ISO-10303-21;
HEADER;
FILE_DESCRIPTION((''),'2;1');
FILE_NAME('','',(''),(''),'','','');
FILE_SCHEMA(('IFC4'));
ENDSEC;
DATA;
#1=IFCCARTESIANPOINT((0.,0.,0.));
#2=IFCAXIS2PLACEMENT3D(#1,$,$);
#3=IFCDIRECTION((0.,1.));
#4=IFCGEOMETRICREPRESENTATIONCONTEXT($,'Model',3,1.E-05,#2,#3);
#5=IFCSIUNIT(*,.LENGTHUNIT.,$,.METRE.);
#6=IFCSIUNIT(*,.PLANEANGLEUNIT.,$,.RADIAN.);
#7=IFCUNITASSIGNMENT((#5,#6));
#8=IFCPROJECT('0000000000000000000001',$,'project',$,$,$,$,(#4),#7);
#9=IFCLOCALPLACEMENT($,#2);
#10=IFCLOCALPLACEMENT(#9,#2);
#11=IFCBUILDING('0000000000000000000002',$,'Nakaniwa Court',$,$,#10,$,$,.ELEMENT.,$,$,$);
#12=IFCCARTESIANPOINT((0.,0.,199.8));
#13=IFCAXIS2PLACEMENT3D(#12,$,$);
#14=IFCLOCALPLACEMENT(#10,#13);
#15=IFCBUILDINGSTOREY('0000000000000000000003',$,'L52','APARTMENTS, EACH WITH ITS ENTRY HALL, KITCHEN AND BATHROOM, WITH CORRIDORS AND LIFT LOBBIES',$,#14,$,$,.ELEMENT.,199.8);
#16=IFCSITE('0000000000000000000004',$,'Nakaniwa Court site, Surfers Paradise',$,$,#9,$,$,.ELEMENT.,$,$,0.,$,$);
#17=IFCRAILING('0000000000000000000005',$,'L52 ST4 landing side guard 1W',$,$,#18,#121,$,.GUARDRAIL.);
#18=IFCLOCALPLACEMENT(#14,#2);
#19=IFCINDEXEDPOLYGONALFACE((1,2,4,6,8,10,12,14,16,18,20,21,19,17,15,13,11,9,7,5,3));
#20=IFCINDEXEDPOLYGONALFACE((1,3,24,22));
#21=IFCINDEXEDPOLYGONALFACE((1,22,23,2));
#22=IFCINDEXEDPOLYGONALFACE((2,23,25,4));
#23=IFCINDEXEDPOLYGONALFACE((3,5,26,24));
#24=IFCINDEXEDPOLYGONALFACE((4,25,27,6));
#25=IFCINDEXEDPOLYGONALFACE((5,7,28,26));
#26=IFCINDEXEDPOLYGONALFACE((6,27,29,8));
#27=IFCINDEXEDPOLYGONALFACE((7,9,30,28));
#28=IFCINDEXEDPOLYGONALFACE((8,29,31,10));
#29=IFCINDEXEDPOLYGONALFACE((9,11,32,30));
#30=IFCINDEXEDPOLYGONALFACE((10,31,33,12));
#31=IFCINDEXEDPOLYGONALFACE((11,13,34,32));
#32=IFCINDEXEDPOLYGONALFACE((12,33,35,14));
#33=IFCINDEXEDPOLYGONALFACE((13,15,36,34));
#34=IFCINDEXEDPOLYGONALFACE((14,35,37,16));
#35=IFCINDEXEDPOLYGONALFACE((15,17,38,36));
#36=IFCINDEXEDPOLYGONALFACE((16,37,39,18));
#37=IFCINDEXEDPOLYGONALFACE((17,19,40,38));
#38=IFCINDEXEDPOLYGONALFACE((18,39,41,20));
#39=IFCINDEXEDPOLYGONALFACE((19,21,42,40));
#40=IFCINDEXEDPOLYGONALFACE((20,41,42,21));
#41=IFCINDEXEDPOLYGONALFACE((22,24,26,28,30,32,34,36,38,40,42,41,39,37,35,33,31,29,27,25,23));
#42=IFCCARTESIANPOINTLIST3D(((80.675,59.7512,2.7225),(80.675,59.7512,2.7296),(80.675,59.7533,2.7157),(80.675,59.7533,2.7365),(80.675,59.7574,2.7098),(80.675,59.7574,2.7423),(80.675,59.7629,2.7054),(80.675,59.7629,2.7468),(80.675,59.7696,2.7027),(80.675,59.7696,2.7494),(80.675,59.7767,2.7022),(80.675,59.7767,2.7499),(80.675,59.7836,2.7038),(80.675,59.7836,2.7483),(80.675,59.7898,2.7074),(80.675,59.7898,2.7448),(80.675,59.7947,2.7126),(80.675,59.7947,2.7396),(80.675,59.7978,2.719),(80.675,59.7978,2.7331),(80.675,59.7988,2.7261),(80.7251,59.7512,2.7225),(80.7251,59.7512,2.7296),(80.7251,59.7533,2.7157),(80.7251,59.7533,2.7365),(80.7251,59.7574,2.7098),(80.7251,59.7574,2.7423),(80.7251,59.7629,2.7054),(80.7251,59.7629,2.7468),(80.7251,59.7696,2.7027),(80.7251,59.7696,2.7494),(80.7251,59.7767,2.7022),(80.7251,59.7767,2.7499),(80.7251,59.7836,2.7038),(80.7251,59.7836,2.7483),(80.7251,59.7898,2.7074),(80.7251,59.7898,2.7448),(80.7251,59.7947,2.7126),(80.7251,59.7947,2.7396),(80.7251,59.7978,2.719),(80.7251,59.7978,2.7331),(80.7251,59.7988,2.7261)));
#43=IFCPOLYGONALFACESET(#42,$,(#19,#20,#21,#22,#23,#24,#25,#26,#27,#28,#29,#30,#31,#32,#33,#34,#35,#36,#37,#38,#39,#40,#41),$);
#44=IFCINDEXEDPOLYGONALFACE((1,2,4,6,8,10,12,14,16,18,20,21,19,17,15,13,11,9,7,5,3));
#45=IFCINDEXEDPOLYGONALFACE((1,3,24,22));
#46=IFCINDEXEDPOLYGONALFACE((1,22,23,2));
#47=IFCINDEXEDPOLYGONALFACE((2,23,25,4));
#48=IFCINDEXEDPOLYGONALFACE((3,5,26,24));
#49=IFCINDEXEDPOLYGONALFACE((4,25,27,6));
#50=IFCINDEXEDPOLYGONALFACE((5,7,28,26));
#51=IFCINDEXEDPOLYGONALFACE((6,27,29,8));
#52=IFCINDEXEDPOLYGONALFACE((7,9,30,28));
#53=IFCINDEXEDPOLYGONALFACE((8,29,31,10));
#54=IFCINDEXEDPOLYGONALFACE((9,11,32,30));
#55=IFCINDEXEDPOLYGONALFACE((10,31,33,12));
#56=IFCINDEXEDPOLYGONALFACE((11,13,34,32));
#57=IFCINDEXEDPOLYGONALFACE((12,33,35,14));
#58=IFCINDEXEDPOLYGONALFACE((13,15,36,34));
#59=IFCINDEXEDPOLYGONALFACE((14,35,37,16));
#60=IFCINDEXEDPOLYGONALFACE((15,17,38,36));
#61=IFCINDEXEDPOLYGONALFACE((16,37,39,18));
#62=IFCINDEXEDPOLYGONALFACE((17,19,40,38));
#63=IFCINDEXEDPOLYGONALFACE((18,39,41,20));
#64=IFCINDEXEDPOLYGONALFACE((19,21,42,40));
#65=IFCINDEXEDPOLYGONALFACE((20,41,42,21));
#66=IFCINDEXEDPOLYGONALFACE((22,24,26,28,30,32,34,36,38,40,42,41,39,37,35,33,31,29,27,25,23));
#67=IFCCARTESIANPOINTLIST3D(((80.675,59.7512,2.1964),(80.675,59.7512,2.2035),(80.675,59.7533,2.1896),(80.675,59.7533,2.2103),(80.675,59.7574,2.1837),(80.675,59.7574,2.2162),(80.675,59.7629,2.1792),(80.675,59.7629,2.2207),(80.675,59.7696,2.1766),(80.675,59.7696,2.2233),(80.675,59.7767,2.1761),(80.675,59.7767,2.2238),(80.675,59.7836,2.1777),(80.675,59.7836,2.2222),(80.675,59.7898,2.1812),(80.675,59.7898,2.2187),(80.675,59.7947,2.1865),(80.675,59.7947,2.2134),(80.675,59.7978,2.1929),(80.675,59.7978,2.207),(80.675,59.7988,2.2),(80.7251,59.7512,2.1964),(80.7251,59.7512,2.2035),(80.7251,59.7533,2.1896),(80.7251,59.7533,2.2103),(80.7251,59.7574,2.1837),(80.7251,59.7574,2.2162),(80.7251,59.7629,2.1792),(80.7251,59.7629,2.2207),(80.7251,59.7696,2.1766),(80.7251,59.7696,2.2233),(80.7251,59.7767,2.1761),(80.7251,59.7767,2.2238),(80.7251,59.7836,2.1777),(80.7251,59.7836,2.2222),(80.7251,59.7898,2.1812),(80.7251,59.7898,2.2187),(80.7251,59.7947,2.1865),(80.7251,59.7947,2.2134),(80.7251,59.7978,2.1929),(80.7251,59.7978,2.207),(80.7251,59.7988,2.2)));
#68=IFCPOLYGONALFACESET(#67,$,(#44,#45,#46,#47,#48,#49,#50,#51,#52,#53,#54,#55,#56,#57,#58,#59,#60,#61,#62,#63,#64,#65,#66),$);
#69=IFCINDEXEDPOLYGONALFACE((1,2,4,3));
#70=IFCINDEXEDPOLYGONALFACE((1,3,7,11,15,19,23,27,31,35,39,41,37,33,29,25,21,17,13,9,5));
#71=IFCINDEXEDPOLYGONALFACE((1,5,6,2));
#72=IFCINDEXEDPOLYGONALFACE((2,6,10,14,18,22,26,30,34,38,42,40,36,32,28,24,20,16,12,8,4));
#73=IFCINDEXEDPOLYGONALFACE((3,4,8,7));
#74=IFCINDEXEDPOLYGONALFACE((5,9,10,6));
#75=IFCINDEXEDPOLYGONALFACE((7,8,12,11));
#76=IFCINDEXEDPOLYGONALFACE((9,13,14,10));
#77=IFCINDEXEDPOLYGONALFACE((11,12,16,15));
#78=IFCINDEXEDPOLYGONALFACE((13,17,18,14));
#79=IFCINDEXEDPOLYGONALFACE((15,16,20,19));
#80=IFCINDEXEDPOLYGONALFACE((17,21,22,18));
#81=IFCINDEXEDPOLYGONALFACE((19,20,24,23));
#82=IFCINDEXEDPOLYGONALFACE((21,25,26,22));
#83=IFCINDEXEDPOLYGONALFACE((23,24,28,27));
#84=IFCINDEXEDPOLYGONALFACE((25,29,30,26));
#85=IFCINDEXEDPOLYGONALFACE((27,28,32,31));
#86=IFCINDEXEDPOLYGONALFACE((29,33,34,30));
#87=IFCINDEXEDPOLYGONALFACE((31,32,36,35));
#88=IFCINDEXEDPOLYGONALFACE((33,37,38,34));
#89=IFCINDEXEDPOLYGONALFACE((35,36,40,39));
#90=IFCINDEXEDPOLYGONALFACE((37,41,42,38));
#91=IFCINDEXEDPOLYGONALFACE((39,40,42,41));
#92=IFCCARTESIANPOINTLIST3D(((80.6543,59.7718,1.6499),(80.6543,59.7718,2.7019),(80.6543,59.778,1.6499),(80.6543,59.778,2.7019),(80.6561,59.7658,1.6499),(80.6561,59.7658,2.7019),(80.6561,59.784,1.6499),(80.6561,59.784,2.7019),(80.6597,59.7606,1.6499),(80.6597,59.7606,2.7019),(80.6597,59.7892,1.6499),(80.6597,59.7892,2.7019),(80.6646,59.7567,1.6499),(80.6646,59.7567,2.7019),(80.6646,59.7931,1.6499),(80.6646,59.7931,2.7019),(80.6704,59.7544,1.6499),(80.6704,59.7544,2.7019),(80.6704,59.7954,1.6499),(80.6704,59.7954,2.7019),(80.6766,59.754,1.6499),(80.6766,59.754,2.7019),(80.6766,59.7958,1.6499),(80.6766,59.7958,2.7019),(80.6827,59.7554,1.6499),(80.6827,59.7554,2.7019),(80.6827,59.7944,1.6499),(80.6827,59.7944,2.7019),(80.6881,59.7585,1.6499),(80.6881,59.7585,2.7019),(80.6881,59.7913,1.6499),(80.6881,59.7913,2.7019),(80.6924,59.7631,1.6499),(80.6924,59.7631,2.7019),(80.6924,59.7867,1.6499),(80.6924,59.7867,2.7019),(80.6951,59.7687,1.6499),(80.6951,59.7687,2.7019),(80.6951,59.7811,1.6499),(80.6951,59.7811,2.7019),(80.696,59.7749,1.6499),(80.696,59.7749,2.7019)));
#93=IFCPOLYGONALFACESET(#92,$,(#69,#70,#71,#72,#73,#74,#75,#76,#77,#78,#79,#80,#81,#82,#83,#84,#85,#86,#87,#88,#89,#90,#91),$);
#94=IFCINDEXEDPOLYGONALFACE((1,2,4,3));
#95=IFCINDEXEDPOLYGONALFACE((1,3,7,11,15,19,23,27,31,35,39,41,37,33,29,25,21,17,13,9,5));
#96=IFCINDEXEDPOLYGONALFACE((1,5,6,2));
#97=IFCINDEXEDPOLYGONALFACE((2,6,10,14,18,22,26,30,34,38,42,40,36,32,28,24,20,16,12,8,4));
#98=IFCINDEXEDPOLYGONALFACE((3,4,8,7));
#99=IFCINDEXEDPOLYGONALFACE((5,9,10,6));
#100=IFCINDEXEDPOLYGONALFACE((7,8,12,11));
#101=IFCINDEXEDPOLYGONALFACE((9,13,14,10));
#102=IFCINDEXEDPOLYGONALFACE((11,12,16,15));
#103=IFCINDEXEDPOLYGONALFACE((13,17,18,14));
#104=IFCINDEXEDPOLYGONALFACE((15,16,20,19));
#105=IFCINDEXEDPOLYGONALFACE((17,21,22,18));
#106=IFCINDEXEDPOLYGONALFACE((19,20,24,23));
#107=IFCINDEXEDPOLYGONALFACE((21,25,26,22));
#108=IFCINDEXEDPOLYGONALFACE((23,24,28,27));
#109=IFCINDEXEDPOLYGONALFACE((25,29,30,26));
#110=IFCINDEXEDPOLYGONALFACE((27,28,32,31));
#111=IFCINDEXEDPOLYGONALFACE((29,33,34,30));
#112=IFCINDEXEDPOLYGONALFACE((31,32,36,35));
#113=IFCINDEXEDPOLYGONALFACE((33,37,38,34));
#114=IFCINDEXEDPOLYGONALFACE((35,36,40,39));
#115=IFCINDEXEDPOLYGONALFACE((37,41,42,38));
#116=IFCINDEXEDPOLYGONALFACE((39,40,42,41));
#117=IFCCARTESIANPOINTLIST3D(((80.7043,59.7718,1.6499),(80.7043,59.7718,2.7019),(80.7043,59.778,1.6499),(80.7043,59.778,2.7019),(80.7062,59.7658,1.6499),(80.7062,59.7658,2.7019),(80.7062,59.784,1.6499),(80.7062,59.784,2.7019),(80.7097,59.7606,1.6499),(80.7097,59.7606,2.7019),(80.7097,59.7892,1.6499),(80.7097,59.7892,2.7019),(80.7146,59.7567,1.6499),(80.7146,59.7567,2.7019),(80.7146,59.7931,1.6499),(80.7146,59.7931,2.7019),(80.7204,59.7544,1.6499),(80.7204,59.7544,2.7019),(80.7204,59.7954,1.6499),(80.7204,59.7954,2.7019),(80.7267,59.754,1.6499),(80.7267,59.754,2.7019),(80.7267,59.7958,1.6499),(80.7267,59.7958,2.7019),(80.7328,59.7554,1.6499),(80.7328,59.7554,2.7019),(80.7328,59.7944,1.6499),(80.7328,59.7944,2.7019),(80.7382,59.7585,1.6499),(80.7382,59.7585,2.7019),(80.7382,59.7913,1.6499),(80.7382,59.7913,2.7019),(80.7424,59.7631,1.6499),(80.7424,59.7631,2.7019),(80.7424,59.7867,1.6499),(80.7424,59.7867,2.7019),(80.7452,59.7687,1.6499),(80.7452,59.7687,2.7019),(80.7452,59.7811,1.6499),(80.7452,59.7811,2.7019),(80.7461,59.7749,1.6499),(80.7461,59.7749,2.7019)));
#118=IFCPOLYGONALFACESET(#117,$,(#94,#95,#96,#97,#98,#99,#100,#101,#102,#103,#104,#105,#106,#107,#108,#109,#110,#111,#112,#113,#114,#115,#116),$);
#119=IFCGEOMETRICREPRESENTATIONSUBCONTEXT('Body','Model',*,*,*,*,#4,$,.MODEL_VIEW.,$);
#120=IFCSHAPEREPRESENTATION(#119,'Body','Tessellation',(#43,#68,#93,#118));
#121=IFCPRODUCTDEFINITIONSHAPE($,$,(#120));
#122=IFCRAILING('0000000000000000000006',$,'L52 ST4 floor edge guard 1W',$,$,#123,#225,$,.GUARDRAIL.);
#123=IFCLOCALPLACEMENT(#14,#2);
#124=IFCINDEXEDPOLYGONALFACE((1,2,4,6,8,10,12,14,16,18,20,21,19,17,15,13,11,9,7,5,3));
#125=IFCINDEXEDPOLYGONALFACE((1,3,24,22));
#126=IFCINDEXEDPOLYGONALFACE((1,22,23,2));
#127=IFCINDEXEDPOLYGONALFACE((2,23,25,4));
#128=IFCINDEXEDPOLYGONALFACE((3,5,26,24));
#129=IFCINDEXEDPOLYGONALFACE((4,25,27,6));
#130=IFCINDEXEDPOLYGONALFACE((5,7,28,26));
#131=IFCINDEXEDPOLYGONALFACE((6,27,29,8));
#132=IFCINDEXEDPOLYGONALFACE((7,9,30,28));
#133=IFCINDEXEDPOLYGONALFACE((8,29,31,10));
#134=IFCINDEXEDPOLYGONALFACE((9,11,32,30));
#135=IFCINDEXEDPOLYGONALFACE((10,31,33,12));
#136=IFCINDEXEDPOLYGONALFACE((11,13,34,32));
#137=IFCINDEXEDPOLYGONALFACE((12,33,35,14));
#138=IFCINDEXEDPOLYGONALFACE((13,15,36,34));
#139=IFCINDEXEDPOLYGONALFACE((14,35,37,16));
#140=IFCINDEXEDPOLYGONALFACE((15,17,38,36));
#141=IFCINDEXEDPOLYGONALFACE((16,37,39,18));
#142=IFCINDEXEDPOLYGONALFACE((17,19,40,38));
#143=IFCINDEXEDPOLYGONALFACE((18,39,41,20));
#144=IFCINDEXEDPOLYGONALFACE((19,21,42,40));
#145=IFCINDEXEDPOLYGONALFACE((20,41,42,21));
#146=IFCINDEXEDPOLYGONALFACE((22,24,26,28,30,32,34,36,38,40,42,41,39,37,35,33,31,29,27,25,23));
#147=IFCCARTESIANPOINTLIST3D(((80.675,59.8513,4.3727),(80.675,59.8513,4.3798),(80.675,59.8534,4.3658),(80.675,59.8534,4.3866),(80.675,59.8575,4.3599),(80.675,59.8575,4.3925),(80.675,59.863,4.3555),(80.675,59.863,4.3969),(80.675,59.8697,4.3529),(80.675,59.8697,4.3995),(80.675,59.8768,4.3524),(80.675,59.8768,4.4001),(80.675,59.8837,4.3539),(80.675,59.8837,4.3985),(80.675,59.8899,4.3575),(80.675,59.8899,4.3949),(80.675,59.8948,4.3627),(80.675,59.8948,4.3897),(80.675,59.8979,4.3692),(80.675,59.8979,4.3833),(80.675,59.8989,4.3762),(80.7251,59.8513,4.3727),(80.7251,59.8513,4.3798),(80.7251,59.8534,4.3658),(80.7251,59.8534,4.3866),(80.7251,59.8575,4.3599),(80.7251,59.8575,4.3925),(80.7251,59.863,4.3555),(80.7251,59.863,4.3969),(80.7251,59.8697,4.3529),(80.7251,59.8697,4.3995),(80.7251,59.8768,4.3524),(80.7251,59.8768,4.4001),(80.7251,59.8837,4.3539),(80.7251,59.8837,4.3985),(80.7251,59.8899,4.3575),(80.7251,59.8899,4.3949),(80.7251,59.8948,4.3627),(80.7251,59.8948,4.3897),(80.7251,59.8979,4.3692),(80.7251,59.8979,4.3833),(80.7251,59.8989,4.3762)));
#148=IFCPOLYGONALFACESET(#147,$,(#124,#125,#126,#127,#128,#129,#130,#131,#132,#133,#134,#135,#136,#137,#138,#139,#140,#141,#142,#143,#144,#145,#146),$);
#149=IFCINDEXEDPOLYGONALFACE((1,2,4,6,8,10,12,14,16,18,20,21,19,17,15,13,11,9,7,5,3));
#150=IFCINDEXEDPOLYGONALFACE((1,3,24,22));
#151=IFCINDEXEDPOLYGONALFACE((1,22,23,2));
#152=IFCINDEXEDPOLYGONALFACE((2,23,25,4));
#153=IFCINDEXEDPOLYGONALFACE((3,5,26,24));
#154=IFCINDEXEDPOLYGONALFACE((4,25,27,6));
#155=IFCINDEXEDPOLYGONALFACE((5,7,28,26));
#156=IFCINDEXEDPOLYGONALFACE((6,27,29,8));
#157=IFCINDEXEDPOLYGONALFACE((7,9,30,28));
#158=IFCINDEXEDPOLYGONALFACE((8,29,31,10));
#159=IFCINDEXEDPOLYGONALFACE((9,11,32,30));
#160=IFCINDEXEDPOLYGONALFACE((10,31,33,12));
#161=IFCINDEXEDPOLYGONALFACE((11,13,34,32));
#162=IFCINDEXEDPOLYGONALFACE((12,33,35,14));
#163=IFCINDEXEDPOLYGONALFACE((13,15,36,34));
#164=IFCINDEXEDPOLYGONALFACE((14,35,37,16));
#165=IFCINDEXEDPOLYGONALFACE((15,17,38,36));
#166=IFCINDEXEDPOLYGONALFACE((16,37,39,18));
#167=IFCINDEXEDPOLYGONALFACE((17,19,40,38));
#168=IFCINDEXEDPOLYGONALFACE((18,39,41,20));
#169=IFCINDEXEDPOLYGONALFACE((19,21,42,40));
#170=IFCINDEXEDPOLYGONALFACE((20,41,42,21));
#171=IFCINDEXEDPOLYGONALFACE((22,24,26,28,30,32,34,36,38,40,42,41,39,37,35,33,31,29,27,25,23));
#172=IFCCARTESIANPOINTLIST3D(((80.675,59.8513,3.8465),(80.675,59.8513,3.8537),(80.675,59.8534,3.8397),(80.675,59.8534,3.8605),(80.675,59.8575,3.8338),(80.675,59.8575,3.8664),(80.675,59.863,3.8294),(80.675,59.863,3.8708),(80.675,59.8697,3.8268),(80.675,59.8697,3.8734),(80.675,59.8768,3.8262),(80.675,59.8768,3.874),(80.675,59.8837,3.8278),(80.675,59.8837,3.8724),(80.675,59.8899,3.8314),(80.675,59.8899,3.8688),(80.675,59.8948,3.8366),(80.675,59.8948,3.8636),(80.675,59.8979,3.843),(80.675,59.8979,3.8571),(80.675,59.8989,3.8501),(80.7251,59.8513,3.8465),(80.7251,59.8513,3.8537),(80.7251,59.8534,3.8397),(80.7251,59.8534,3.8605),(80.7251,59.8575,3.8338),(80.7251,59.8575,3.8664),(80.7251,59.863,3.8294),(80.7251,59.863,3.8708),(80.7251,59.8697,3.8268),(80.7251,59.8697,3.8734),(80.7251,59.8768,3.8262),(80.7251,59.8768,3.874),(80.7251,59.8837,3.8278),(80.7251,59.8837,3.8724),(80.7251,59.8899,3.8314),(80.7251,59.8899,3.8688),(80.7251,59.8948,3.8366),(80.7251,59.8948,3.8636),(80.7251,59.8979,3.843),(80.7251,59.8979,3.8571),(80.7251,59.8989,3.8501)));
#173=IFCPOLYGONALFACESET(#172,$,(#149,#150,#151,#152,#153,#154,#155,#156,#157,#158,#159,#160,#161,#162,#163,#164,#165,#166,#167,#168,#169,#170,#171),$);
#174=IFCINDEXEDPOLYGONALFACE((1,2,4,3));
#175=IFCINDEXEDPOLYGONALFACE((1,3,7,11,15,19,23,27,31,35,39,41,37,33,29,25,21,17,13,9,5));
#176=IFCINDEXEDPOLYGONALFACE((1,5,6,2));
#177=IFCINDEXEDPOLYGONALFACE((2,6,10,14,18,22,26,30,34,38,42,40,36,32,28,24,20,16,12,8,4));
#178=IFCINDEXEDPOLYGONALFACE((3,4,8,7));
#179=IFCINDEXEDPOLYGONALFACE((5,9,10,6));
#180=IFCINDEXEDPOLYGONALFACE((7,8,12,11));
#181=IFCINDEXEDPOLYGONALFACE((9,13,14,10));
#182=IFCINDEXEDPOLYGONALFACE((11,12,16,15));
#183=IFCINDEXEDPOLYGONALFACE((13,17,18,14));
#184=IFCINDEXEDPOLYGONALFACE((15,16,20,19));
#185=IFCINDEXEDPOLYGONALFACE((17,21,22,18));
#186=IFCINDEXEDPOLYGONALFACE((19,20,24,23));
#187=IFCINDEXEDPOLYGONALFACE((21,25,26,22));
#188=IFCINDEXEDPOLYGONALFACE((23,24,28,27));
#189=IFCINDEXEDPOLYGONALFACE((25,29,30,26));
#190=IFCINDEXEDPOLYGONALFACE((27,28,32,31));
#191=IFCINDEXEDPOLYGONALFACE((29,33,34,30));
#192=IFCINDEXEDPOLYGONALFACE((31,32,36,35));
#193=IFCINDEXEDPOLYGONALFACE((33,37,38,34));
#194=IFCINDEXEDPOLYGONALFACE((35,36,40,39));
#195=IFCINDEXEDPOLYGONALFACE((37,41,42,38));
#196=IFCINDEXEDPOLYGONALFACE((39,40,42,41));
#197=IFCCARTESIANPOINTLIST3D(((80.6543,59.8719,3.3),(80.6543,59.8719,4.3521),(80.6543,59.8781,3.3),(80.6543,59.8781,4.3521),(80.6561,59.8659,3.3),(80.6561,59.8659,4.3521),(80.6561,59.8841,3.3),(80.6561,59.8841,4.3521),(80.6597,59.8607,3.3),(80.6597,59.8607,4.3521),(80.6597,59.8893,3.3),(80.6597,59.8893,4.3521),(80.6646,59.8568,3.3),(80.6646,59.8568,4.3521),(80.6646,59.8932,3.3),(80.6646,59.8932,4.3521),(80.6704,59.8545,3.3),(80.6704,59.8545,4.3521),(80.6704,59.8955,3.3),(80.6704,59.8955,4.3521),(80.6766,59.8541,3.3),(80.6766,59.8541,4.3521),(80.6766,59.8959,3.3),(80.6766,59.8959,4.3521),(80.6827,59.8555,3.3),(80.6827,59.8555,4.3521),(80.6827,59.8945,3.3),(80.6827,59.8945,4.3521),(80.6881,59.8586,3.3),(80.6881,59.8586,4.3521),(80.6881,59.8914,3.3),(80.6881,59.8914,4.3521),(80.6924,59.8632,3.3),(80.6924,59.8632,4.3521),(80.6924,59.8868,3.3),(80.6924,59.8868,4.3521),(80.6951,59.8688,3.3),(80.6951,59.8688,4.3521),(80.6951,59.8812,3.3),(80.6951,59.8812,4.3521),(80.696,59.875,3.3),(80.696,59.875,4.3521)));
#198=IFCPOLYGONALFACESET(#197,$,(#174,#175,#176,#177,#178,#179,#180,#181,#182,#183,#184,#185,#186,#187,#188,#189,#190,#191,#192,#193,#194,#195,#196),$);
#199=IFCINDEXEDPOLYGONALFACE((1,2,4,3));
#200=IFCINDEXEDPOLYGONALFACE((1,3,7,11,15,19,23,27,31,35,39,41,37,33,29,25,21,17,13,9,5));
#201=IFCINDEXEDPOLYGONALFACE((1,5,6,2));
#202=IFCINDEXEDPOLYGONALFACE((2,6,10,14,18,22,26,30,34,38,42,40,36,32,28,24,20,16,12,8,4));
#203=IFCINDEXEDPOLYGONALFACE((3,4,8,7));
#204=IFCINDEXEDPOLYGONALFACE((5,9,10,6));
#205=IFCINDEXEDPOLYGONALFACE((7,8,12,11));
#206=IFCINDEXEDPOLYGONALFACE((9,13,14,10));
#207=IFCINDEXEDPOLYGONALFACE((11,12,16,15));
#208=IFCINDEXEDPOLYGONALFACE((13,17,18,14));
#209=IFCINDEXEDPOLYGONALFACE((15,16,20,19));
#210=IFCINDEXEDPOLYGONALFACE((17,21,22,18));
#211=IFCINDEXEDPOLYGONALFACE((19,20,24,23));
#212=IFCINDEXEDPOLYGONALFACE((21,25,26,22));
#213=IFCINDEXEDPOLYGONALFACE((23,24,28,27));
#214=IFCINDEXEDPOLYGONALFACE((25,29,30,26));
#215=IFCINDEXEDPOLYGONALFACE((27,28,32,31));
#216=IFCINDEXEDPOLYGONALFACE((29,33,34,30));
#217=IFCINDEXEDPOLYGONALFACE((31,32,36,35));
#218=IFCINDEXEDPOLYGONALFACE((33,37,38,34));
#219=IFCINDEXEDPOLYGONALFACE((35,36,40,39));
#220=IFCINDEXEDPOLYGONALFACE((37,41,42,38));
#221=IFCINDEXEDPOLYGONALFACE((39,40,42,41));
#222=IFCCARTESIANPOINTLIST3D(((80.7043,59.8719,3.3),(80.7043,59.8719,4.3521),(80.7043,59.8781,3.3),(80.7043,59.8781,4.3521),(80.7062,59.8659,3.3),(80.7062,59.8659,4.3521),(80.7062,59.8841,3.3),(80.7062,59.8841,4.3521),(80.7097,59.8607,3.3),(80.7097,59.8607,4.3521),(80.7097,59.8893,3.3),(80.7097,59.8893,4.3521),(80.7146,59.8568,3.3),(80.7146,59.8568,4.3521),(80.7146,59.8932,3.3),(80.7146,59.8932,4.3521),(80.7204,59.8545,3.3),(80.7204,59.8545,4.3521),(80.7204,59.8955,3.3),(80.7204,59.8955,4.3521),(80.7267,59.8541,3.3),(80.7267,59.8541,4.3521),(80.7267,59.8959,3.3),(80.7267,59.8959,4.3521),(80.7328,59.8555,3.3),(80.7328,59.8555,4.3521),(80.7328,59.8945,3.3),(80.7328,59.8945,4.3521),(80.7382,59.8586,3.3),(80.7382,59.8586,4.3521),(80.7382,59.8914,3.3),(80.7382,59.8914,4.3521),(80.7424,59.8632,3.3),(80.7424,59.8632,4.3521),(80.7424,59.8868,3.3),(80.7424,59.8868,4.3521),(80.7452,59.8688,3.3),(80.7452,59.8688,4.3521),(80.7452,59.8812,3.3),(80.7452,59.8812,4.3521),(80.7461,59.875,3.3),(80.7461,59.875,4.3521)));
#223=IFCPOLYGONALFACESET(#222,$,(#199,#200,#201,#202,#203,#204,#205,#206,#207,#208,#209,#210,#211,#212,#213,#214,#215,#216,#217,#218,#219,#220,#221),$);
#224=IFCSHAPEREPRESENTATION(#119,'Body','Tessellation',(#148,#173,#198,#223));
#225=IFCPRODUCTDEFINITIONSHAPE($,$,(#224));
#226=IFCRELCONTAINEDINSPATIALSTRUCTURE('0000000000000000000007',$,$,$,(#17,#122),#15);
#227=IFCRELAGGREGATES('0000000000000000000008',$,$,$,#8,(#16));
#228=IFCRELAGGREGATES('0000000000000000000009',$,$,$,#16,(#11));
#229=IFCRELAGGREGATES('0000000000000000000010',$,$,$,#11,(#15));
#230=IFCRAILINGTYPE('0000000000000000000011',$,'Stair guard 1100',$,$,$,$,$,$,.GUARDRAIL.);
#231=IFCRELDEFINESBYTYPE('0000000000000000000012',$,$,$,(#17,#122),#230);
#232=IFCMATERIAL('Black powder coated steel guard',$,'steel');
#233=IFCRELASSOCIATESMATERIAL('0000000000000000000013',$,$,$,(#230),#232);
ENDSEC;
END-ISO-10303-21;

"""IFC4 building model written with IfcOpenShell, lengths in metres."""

from ifc_helpers import new_model, si_unit, direction, frame, origin, origin_2d, place, context, subcontext, project, spatial, circle, extrude, material, type_object, element, save


model = new_model("IFC4")

# Units and contexts
model_context = context("Model", 3, precision=1e-05, world=origin(), true_north=direction((0.0, 1.0)))
body_context = subcontext(model_context, "Body", "Model", "MODEL_VIEW")
ifc_project = project(units=[si_unit("LENGTHUNIT", "METRE"), si_unit("PLANEANGLEUNIT", "RADIAN")], contexts=[model_context])

# Site, building, storey
site_placement = place(None, origin())
site = spatial("IfcSite", under=ifc_project, at=site_placement, Name="Nakaniwa Court site, Surfers Paradise", CompositionType="ELEMENT", RefElevation=0.0)
building_placement = place(site_placement, origin())
building = spatial("IfcBuilding", under=site, at=building_placement, Name="Nakaniwa Court", CompositionType="ELEMENT")
storey_placement = place(building_placement, frame((0.0, 0.0, 199.8)))
storey = spatial("IfcBuildingStorey", under=building, at=storey_placement, Name="L52", Description="APARTMENTS, EACH WITH ITS ENTRY HALL, KITCHEN AND BATHROOM, WITH CORRIDORS AND LIFT LOBBIES", CompositionType="ELEMENT", Elevation=199.8)

# Railings
ifc_material_1 = material(Name="Black powder coated steel guard", Category="steel")
railing_type_1 = type_object("IfcRailingType", Name="Stair guard 1100", PredefinedType="GUARDRAIL", material=ifc_material_1)
for number, where, name in (
    (1, (80.675, 59.7749, 1.6499), "L52 ST4 landing side guard 1W"),
    (2, (80.675, 59.875, 3.3), "L52 ST4 floor edge guard 1W"),
):
    element("IfcRailing", number, at=place(storey_placement, frame(where)), inside=storey, type_object=railing_type_1, Name=name, PredefinedType="GUARDRAIL", context=body_context, shape_type="SweptSolid", body=[
        extrude(circle(Radius=0.0239, at=origin_2d()), frame((0.0, 0.0, 1.0762), z_axis=(1.0, 0.0, 0.0), x_axis=(0.0, 1.0, 0.0)), (0.0, 0.0, 1.0), 0.05),
        extrude(circle(Radius=0.0239, at=origin_2d()), frame((0.0, 0.0, 0.55), z_axis=(1.0, 0.0, 0.0), x_axis=(0.0, 1.0, 0.0)), (0.0, 0.0, 1.0), 0.05),
        extrude(circle(Radius=0.021, at=origin_2d()), origin(), (0.0, 0.0, 1.0), 1.052),
        extrude(circle(Radius=0.021, at=origin_2d()), frame((0.05, 0.0, 0.0)), (0.0, 0.0, 1.0), 1.052),
    ])

save(model, "model.ifc")
